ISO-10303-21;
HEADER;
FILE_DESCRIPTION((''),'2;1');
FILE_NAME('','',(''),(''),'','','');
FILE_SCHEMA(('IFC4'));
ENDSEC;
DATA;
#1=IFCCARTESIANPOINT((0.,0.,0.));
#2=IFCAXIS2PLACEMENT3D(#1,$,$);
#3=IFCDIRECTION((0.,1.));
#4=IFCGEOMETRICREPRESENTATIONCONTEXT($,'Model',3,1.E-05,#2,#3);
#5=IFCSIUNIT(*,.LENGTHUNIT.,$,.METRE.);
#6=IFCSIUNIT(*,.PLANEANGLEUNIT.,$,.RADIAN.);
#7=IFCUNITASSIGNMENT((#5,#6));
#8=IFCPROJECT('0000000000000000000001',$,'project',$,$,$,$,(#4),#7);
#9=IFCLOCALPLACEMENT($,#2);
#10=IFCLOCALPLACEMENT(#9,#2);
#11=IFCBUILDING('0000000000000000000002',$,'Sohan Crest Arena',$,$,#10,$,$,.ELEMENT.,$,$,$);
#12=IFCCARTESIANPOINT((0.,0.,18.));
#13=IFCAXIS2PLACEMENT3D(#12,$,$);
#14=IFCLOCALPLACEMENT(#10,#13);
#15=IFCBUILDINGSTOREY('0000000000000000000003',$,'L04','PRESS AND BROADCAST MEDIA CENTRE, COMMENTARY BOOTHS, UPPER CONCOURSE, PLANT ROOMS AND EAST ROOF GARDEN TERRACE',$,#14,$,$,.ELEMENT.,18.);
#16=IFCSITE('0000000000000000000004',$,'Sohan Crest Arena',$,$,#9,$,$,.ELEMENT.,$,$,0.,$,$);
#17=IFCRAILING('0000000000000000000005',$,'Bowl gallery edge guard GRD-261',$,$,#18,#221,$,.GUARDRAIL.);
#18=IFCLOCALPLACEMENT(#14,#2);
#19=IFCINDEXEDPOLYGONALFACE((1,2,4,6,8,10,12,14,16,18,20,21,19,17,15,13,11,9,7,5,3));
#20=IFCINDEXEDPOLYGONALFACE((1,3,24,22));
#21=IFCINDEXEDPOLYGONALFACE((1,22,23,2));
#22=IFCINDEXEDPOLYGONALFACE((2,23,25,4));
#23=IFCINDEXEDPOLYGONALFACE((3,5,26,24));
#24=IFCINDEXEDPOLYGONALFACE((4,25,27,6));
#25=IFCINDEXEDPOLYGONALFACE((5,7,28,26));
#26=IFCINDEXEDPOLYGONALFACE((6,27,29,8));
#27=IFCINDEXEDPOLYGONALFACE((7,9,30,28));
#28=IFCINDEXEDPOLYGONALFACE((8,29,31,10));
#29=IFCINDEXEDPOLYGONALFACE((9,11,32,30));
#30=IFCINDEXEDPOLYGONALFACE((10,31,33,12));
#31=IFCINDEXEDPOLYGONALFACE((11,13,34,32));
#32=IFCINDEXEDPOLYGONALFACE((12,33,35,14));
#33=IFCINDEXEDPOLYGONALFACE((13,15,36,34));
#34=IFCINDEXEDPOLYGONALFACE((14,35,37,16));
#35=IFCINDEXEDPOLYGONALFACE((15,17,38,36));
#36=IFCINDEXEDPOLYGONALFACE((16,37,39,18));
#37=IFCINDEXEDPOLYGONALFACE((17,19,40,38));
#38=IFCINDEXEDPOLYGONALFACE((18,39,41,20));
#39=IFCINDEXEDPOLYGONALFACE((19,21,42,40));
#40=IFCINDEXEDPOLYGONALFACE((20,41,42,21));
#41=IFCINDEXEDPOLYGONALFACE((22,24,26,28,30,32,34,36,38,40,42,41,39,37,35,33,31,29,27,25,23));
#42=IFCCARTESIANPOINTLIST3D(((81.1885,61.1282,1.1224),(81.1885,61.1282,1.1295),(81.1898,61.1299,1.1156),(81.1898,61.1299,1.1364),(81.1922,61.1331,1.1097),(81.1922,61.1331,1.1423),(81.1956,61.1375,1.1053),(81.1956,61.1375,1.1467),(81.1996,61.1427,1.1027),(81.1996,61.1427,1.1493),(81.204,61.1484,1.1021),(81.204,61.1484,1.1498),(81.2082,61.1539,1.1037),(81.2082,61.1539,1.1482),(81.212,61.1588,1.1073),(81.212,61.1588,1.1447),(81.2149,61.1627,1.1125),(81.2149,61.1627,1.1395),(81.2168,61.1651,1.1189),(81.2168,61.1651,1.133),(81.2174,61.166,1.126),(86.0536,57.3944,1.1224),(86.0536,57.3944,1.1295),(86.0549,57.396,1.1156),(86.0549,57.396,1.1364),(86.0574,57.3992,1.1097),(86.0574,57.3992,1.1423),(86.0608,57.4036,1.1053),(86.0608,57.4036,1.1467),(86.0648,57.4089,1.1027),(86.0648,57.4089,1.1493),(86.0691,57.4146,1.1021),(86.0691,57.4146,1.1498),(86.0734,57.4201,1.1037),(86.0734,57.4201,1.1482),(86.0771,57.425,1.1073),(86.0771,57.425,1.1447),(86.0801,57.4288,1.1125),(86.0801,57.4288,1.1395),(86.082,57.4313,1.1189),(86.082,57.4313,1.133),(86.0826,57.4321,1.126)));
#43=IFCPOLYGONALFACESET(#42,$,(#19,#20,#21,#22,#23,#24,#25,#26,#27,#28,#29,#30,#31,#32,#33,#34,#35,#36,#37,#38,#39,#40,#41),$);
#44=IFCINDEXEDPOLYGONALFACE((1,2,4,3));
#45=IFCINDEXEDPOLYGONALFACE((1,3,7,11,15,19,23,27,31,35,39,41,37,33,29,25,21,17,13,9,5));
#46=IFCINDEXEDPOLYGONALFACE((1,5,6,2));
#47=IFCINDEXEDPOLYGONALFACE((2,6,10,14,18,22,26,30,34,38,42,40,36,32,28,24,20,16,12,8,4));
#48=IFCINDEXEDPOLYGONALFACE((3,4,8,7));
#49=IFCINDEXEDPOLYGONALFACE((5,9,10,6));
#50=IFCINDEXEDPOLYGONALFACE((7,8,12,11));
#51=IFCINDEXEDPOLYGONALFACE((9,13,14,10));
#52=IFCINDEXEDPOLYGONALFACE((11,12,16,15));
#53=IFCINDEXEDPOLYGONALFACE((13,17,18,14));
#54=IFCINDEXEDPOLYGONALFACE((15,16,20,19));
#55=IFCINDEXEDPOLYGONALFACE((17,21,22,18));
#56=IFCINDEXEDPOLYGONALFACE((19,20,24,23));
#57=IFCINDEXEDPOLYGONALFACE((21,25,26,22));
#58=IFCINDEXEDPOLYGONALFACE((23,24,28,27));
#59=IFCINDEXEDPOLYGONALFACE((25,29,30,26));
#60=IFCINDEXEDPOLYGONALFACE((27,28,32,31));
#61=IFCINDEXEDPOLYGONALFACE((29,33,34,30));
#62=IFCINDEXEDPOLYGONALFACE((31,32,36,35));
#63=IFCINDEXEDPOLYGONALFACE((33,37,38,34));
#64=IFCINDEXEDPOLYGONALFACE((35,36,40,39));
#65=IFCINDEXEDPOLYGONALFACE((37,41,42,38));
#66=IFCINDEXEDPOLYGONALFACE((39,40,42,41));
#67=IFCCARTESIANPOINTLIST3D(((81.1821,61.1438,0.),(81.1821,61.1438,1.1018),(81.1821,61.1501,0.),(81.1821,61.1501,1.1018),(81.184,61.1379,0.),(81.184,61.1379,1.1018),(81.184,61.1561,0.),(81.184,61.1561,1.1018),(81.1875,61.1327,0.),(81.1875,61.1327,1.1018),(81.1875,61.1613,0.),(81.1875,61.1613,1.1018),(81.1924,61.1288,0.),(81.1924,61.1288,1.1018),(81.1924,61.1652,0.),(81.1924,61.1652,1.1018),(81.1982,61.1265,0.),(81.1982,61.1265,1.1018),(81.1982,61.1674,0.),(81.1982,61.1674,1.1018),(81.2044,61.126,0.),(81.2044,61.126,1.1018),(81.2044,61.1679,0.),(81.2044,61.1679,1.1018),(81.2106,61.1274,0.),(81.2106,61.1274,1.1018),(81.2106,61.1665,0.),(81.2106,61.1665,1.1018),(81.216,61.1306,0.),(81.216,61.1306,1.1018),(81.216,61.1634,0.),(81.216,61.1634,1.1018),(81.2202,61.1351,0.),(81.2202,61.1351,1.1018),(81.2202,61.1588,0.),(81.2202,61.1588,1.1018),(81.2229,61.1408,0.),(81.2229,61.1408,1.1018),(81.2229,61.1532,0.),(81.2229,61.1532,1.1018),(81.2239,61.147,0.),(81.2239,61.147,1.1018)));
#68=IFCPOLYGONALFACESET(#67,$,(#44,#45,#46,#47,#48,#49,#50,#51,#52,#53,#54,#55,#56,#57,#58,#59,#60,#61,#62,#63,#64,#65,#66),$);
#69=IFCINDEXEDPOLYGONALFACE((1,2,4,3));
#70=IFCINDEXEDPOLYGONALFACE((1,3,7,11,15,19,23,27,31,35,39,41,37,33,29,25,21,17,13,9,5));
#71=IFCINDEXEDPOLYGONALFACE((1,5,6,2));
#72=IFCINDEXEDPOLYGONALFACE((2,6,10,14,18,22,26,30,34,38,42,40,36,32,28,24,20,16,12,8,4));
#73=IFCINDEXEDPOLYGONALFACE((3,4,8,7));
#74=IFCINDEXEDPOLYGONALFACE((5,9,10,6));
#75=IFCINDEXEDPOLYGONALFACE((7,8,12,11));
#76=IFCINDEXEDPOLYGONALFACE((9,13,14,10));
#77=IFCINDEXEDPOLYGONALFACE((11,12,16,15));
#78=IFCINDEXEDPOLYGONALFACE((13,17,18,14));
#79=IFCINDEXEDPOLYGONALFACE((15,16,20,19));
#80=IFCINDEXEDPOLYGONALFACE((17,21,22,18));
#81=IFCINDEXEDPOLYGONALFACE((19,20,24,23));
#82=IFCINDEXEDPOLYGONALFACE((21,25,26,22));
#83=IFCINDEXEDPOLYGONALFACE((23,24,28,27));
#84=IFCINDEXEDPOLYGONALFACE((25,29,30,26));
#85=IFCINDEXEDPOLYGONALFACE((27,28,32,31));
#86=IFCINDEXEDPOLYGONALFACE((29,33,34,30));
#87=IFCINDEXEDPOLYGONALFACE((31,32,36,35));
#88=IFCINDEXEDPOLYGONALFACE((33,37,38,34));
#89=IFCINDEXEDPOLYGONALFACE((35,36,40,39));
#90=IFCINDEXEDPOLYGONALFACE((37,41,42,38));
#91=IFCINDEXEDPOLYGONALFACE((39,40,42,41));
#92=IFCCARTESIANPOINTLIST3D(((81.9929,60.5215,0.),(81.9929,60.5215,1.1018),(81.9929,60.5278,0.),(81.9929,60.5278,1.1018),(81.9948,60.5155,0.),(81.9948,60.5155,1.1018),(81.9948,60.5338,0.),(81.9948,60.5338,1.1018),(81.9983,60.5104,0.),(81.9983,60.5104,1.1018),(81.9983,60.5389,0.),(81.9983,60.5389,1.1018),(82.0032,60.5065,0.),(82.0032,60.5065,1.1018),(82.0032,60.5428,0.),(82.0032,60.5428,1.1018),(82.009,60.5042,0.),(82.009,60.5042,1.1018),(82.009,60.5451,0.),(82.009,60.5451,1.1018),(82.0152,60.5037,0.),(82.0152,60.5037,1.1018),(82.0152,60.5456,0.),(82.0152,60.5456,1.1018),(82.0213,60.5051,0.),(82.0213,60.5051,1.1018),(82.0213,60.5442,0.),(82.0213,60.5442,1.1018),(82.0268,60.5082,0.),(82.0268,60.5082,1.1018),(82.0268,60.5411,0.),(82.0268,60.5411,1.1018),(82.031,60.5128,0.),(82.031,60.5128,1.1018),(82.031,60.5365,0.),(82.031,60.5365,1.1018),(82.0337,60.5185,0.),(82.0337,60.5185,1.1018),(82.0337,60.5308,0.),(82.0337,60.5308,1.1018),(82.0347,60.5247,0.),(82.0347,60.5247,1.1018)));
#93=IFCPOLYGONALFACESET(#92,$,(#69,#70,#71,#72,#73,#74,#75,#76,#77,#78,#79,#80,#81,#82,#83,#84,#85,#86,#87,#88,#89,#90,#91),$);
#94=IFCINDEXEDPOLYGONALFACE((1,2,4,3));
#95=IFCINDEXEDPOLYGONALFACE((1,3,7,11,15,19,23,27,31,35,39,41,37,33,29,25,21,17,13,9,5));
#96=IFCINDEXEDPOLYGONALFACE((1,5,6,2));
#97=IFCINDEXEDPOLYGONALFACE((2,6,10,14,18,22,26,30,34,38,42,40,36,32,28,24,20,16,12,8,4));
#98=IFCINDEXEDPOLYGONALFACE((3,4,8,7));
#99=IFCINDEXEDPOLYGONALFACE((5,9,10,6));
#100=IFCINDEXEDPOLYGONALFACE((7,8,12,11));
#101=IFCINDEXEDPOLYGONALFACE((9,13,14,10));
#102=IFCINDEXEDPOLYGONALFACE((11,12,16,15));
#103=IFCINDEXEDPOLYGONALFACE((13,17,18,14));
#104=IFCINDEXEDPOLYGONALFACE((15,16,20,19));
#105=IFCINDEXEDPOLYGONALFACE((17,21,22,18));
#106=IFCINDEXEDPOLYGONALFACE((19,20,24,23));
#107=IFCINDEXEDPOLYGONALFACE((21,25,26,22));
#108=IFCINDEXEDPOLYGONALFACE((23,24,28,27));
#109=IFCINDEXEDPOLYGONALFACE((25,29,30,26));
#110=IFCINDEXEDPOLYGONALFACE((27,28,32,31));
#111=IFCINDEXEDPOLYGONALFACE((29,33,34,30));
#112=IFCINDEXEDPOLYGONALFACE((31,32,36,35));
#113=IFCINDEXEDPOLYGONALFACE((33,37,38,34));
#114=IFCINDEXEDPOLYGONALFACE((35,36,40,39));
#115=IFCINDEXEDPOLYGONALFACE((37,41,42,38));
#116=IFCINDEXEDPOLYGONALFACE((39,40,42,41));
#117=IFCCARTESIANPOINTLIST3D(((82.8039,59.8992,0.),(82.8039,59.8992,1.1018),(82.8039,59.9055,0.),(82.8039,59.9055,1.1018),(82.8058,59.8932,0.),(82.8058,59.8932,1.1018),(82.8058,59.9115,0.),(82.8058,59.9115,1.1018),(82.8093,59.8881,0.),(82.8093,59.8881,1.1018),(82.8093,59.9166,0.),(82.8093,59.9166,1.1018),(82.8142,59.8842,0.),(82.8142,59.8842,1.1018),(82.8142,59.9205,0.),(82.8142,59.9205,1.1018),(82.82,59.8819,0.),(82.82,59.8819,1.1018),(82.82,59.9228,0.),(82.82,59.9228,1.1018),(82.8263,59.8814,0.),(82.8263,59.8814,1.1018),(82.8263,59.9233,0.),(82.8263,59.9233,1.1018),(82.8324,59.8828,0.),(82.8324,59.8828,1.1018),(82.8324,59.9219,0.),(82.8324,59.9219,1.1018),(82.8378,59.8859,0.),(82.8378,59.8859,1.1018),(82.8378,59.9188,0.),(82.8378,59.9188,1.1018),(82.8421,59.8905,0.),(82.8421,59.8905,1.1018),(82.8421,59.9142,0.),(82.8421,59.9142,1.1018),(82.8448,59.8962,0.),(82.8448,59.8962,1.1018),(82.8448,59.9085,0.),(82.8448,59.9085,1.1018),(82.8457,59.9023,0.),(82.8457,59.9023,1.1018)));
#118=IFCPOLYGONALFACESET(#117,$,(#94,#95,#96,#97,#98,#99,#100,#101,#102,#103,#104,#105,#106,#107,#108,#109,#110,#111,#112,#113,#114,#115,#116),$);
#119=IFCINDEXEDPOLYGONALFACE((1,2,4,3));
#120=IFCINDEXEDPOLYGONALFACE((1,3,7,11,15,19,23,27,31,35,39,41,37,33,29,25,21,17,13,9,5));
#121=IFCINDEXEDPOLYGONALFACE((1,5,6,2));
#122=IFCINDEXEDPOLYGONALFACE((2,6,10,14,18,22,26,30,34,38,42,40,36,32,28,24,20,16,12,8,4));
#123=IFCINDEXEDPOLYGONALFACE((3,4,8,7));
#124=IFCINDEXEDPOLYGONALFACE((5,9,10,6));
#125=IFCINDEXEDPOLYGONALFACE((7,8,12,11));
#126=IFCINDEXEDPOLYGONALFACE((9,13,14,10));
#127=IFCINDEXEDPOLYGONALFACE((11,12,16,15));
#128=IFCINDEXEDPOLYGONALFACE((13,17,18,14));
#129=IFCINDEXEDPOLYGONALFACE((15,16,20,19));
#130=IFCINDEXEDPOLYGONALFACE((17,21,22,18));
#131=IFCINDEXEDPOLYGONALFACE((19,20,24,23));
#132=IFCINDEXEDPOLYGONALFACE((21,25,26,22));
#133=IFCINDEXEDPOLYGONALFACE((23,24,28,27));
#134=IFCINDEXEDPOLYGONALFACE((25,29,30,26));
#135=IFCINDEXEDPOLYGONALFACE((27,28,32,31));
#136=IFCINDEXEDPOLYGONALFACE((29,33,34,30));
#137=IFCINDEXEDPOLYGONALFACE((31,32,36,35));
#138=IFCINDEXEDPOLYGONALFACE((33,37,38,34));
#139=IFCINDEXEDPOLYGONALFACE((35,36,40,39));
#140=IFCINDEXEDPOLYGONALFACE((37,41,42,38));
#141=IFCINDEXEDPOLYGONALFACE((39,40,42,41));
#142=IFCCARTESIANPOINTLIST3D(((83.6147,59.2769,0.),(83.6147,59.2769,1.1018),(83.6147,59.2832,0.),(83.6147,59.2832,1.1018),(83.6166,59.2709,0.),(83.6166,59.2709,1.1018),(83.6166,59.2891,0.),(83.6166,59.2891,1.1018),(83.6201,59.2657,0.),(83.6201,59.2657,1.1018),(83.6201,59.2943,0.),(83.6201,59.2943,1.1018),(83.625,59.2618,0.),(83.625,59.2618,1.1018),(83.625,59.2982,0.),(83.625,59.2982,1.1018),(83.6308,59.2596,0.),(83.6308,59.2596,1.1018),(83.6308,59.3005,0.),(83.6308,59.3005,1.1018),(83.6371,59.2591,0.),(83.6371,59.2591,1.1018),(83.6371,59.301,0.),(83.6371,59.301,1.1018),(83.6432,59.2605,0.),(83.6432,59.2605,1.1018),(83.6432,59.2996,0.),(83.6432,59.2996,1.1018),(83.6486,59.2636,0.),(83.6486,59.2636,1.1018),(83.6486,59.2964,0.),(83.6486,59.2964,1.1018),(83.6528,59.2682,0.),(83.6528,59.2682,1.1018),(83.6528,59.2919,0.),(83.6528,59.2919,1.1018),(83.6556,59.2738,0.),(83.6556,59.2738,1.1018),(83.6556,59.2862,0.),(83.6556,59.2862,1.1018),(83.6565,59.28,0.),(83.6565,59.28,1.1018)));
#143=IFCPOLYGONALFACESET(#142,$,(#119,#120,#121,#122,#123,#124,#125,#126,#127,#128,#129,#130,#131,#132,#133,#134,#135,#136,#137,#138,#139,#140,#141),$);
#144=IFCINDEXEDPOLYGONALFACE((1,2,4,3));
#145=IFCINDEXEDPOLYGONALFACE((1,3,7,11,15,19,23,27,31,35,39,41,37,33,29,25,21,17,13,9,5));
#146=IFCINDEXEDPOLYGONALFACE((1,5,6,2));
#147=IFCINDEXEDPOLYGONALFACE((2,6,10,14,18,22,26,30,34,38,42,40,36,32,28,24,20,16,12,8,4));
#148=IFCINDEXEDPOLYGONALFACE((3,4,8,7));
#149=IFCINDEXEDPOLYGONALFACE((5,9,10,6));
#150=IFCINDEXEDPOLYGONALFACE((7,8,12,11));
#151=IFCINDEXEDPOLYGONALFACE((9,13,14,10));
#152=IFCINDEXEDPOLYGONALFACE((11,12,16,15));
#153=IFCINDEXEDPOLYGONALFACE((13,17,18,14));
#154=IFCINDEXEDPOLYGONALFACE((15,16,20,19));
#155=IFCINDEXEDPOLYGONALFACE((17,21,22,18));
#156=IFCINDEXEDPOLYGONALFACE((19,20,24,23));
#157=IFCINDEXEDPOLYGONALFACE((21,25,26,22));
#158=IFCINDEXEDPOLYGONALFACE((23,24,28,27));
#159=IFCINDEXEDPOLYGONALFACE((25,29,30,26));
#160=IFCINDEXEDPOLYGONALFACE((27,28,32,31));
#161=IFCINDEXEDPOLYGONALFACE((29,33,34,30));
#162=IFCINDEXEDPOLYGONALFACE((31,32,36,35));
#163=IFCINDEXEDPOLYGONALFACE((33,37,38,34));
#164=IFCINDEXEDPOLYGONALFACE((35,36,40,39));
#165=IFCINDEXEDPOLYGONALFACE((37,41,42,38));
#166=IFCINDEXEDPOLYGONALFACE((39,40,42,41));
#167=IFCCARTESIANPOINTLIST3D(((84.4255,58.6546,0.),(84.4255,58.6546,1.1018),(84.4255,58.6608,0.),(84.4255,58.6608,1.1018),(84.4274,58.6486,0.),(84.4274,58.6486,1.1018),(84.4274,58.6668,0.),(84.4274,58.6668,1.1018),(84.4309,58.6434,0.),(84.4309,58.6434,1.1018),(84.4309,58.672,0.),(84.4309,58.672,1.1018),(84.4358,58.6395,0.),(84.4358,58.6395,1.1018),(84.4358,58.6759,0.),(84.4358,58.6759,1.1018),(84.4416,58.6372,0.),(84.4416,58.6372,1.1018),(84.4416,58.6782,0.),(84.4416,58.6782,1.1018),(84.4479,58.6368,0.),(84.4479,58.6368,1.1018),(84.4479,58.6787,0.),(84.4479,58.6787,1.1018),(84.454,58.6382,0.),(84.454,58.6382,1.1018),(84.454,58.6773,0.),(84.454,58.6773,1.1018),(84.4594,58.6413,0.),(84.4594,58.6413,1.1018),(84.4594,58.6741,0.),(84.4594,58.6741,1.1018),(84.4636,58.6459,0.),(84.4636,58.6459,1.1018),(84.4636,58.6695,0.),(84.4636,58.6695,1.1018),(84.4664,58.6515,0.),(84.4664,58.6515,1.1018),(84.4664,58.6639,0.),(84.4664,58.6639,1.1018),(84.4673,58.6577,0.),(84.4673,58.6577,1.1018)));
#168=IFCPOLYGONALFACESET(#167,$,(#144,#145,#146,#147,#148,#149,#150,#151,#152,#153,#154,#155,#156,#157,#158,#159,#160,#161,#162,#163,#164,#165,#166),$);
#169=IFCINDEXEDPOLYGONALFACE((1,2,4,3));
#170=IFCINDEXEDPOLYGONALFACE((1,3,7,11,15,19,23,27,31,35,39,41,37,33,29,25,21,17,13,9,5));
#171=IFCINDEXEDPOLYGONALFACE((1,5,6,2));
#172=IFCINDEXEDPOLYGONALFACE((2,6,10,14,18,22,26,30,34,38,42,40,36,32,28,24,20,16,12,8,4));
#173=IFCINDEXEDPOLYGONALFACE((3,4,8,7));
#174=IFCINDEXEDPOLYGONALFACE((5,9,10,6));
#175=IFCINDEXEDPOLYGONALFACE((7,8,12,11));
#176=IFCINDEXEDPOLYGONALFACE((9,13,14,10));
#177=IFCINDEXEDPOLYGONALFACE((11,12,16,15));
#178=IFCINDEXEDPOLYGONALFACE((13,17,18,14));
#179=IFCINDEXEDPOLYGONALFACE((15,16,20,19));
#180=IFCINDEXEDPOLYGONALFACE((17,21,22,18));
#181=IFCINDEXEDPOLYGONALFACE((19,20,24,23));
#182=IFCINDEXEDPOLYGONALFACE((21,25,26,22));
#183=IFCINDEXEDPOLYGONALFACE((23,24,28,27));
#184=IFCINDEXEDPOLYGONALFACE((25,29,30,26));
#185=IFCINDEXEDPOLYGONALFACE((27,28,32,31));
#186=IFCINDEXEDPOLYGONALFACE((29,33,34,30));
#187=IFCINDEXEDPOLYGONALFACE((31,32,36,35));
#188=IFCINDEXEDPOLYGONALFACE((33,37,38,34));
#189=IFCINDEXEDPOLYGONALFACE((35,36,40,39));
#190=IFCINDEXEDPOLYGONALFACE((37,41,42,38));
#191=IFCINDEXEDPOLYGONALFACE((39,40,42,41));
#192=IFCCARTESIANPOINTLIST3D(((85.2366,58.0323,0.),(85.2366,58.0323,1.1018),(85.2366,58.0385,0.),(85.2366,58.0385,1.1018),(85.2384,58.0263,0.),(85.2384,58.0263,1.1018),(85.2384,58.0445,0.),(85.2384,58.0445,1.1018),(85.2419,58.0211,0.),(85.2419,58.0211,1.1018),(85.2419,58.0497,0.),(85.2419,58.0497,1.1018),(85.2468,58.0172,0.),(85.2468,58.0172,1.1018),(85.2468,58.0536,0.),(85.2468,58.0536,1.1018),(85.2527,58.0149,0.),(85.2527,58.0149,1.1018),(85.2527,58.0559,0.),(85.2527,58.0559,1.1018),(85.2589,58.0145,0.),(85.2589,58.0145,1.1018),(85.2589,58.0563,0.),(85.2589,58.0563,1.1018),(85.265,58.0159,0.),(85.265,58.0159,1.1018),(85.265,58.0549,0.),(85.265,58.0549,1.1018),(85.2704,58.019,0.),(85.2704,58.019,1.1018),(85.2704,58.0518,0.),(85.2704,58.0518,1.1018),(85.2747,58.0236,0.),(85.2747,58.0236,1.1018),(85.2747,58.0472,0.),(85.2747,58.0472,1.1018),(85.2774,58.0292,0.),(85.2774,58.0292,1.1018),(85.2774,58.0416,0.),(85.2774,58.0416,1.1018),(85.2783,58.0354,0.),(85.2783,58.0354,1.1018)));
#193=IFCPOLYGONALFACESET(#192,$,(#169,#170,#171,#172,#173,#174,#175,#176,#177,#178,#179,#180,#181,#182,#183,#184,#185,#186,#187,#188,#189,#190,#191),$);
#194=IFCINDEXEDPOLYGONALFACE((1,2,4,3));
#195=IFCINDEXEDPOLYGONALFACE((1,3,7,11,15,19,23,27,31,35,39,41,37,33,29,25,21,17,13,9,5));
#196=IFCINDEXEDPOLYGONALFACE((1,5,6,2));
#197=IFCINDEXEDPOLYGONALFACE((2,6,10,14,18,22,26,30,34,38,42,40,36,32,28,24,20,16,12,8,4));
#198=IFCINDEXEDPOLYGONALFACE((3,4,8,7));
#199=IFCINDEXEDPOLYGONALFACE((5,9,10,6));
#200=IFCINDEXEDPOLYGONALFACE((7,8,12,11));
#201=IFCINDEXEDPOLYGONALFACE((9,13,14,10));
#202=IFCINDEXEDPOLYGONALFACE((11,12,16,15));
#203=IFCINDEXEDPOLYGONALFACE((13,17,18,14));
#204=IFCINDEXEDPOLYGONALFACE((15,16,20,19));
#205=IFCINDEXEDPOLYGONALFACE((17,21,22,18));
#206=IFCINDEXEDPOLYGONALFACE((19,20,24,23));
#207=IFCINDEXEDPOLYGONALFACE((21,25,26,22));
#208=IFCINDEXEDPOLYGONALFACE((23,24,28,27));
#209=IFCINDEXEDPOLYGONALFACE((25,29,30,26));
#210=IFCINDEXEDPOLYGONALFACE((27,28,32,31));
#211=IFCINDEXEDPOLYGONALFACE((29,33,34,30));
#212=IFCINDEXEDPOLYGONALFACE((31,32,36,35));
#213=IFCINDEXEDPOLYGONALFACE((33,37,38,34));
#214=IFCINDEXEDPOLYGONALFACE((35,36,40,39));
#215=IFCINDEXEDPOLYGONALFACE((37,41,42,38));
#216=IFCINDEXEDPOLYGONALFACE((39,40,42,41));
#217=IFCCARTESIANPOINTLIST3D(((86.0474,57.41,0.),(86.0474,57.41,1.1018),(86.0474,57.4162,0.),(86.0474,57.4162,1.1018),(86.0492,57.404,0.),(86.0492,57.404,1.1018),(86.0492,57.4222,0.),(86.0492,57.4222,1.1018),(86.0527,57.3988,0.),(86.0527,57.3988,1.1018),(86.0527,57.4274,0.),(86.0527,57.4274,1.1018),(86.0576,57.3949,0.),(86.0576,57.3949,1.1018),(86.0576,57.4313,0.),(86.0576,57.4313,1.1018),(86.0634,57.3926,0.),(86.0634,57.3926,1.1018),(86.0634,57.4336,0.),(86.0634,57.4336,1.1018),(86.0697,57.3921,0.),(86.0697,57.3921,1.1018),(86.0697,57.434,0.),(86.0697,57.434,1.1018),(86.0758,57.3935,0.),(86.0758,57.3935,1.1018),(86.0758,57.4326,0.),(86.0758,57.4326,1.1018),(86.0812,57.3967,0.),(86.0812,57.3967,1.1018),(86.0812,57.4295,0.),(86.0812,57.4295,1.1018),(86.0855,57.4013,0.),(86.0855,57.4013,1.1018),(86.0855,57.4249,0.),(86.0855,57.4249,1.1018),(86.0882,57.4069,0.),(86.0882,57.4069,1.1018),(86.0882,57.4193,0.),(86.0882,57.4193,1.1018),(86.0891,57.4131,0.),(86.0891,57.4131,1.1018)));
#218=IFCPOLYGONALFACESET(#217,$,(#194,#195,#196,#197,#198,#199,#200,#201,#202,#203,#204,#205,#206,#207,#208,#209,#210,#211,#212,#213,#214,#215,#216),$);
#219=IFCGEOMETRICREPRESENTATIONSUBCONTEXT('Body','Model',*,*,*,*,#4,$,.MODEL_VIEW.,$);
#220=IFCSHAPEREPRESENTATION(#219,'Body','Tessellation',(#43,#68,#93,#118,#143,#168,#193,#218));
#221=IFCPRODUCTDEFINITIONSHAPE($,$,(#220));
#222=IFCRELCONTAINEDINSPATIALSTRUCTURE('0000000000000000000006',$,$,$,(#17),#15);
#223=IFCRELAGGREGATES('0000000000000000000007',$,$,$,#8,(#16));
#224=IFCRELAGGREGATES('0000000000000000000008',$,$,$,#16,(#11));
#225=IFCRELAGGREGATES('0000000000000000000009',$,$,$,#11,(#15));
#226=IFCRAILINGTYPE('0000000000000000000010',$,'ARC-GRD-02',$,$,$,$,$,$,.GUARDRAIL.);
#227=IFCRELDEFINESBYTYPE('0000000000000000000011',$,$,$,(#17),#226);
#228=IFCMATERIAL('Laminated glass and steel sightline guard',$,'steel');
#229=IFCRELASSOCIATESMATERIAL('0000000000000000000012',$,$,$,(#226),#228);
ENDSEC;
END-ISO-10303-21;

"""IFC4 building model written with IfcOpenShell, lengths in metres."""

from ifc_helpers import new_model, si_unit, direction, frame, origin, origin_2d, place, context, subcontext, project, spatial, circle, extrude, material, type_object, element, save


model = new_model("IFC4")

# Units and contexts
model_context = context("Model", 3, precision=1e-05, world=origin(), true_north=direction((0.0, 1.0)))
body_context = subcontext(model_context, "Body", "Model", "MODEL_VIEW")
ifc_project = project(units=[si_unit("LENGTHUNIT", "METRE"), si_unit("PLANEANGLEUNIT", "RADIAN")], contexts=[model_context])

# Site, building, storey
site_placement = place(None, origin())
site = spatial("IfcSite", under=ifc_project, at=site_placement, Name="Sohan Crest Arena", CompositionType="ELEMENT", RefElevation=0.0)
building_placement = place(site_placement, origin())
building = spatial("IfcBuilding", under=site, at=building_placement, Name="Sohan Crest Arena", CompositionType="ELEMENT")
storey_placement = place(building_placement, frame((0.0, 0.0, 18.0)))
storey = spatial("IfcBuildingStorey", under=building, at=storey_placement, Name="L04", Description="PRESS AND BROADCAST MEDIA CENTRE, COMMENTARY BOOTHS, UPPER CONCOURSE, PLANT ROOMS AND EAST ROOF GARDEN TERRACE", CompositionType="ELEMENT", Elevation=18.0)

# Railing
ifc_material_1 = material(Name="Laminated glass and steel sightline guard", Category="steel")
railing_type = type_object("IfcRailingType", Name="ARC-GRD-02", PredefinedType="GUARDRAIL", material=ifc_material_1)
railing_1_placement = place(storey_placement, frame((81.2029, 61.147, 0.0)))
element("IfcRailing", 1, at=railing_1_placement, inside=storey, type_object=railing_type, Name="Bowl gallery edge guard GRD-261", PredefinedType="GUARDRAIL", context=body_context, shape_type="SweptSolid", body=[
    extrude(circle(Radius=0.0239, at=origin_2d()), frame((0.0, 0.0, 1.126), z_axis=(0.793301, -0.608829, 0.0), x_axis=(0.608829, 0.793301, 0.0)), (0.0, 0.0, 1.0), 6.1328),
    extrude(circle(Radius=0.021, at=origin_2d()), origin(), (0.0, 0.0, 1.0), 1.1018),
    extrude(circle(Radius=0.021, at=origin_2d()), frame((0.8108, -0.6223, 0.0)), (0.0, 0.0, 1.0), 1.1018),
    extrude(circle(Radius=0.021, at=origin_2d()), frame((1.6218, -1.2446, 0.0)), (0.0, 0.0, 1.0), 1.1018),
    extrude(circle(Radius=0.021, at=origin_2d()), frame((2.4326, -1.8669, 0.0)), (0.0, 0.0, 1.0), 1.1018),
    extrude(circle(Radius=0.021, at=origin_2d()), frame((3.2434, -2.4893, 0.0)), (0.0, 0.0, 1.0), 1.1018),
    extrude(circle(Radius=0.021, at=origin_2d()), frame((4.0544, -3.1116, 0.0)), (0.0, 0.0, 1.0), 1.1018),
    extrude(circle(Radius=0.021, at=origin_2d()), frame((4.8652, -3.7339, 0.0)), (0.0, 0.0, 1.0), 1.1018),
])

save(model, "model.ifc")
